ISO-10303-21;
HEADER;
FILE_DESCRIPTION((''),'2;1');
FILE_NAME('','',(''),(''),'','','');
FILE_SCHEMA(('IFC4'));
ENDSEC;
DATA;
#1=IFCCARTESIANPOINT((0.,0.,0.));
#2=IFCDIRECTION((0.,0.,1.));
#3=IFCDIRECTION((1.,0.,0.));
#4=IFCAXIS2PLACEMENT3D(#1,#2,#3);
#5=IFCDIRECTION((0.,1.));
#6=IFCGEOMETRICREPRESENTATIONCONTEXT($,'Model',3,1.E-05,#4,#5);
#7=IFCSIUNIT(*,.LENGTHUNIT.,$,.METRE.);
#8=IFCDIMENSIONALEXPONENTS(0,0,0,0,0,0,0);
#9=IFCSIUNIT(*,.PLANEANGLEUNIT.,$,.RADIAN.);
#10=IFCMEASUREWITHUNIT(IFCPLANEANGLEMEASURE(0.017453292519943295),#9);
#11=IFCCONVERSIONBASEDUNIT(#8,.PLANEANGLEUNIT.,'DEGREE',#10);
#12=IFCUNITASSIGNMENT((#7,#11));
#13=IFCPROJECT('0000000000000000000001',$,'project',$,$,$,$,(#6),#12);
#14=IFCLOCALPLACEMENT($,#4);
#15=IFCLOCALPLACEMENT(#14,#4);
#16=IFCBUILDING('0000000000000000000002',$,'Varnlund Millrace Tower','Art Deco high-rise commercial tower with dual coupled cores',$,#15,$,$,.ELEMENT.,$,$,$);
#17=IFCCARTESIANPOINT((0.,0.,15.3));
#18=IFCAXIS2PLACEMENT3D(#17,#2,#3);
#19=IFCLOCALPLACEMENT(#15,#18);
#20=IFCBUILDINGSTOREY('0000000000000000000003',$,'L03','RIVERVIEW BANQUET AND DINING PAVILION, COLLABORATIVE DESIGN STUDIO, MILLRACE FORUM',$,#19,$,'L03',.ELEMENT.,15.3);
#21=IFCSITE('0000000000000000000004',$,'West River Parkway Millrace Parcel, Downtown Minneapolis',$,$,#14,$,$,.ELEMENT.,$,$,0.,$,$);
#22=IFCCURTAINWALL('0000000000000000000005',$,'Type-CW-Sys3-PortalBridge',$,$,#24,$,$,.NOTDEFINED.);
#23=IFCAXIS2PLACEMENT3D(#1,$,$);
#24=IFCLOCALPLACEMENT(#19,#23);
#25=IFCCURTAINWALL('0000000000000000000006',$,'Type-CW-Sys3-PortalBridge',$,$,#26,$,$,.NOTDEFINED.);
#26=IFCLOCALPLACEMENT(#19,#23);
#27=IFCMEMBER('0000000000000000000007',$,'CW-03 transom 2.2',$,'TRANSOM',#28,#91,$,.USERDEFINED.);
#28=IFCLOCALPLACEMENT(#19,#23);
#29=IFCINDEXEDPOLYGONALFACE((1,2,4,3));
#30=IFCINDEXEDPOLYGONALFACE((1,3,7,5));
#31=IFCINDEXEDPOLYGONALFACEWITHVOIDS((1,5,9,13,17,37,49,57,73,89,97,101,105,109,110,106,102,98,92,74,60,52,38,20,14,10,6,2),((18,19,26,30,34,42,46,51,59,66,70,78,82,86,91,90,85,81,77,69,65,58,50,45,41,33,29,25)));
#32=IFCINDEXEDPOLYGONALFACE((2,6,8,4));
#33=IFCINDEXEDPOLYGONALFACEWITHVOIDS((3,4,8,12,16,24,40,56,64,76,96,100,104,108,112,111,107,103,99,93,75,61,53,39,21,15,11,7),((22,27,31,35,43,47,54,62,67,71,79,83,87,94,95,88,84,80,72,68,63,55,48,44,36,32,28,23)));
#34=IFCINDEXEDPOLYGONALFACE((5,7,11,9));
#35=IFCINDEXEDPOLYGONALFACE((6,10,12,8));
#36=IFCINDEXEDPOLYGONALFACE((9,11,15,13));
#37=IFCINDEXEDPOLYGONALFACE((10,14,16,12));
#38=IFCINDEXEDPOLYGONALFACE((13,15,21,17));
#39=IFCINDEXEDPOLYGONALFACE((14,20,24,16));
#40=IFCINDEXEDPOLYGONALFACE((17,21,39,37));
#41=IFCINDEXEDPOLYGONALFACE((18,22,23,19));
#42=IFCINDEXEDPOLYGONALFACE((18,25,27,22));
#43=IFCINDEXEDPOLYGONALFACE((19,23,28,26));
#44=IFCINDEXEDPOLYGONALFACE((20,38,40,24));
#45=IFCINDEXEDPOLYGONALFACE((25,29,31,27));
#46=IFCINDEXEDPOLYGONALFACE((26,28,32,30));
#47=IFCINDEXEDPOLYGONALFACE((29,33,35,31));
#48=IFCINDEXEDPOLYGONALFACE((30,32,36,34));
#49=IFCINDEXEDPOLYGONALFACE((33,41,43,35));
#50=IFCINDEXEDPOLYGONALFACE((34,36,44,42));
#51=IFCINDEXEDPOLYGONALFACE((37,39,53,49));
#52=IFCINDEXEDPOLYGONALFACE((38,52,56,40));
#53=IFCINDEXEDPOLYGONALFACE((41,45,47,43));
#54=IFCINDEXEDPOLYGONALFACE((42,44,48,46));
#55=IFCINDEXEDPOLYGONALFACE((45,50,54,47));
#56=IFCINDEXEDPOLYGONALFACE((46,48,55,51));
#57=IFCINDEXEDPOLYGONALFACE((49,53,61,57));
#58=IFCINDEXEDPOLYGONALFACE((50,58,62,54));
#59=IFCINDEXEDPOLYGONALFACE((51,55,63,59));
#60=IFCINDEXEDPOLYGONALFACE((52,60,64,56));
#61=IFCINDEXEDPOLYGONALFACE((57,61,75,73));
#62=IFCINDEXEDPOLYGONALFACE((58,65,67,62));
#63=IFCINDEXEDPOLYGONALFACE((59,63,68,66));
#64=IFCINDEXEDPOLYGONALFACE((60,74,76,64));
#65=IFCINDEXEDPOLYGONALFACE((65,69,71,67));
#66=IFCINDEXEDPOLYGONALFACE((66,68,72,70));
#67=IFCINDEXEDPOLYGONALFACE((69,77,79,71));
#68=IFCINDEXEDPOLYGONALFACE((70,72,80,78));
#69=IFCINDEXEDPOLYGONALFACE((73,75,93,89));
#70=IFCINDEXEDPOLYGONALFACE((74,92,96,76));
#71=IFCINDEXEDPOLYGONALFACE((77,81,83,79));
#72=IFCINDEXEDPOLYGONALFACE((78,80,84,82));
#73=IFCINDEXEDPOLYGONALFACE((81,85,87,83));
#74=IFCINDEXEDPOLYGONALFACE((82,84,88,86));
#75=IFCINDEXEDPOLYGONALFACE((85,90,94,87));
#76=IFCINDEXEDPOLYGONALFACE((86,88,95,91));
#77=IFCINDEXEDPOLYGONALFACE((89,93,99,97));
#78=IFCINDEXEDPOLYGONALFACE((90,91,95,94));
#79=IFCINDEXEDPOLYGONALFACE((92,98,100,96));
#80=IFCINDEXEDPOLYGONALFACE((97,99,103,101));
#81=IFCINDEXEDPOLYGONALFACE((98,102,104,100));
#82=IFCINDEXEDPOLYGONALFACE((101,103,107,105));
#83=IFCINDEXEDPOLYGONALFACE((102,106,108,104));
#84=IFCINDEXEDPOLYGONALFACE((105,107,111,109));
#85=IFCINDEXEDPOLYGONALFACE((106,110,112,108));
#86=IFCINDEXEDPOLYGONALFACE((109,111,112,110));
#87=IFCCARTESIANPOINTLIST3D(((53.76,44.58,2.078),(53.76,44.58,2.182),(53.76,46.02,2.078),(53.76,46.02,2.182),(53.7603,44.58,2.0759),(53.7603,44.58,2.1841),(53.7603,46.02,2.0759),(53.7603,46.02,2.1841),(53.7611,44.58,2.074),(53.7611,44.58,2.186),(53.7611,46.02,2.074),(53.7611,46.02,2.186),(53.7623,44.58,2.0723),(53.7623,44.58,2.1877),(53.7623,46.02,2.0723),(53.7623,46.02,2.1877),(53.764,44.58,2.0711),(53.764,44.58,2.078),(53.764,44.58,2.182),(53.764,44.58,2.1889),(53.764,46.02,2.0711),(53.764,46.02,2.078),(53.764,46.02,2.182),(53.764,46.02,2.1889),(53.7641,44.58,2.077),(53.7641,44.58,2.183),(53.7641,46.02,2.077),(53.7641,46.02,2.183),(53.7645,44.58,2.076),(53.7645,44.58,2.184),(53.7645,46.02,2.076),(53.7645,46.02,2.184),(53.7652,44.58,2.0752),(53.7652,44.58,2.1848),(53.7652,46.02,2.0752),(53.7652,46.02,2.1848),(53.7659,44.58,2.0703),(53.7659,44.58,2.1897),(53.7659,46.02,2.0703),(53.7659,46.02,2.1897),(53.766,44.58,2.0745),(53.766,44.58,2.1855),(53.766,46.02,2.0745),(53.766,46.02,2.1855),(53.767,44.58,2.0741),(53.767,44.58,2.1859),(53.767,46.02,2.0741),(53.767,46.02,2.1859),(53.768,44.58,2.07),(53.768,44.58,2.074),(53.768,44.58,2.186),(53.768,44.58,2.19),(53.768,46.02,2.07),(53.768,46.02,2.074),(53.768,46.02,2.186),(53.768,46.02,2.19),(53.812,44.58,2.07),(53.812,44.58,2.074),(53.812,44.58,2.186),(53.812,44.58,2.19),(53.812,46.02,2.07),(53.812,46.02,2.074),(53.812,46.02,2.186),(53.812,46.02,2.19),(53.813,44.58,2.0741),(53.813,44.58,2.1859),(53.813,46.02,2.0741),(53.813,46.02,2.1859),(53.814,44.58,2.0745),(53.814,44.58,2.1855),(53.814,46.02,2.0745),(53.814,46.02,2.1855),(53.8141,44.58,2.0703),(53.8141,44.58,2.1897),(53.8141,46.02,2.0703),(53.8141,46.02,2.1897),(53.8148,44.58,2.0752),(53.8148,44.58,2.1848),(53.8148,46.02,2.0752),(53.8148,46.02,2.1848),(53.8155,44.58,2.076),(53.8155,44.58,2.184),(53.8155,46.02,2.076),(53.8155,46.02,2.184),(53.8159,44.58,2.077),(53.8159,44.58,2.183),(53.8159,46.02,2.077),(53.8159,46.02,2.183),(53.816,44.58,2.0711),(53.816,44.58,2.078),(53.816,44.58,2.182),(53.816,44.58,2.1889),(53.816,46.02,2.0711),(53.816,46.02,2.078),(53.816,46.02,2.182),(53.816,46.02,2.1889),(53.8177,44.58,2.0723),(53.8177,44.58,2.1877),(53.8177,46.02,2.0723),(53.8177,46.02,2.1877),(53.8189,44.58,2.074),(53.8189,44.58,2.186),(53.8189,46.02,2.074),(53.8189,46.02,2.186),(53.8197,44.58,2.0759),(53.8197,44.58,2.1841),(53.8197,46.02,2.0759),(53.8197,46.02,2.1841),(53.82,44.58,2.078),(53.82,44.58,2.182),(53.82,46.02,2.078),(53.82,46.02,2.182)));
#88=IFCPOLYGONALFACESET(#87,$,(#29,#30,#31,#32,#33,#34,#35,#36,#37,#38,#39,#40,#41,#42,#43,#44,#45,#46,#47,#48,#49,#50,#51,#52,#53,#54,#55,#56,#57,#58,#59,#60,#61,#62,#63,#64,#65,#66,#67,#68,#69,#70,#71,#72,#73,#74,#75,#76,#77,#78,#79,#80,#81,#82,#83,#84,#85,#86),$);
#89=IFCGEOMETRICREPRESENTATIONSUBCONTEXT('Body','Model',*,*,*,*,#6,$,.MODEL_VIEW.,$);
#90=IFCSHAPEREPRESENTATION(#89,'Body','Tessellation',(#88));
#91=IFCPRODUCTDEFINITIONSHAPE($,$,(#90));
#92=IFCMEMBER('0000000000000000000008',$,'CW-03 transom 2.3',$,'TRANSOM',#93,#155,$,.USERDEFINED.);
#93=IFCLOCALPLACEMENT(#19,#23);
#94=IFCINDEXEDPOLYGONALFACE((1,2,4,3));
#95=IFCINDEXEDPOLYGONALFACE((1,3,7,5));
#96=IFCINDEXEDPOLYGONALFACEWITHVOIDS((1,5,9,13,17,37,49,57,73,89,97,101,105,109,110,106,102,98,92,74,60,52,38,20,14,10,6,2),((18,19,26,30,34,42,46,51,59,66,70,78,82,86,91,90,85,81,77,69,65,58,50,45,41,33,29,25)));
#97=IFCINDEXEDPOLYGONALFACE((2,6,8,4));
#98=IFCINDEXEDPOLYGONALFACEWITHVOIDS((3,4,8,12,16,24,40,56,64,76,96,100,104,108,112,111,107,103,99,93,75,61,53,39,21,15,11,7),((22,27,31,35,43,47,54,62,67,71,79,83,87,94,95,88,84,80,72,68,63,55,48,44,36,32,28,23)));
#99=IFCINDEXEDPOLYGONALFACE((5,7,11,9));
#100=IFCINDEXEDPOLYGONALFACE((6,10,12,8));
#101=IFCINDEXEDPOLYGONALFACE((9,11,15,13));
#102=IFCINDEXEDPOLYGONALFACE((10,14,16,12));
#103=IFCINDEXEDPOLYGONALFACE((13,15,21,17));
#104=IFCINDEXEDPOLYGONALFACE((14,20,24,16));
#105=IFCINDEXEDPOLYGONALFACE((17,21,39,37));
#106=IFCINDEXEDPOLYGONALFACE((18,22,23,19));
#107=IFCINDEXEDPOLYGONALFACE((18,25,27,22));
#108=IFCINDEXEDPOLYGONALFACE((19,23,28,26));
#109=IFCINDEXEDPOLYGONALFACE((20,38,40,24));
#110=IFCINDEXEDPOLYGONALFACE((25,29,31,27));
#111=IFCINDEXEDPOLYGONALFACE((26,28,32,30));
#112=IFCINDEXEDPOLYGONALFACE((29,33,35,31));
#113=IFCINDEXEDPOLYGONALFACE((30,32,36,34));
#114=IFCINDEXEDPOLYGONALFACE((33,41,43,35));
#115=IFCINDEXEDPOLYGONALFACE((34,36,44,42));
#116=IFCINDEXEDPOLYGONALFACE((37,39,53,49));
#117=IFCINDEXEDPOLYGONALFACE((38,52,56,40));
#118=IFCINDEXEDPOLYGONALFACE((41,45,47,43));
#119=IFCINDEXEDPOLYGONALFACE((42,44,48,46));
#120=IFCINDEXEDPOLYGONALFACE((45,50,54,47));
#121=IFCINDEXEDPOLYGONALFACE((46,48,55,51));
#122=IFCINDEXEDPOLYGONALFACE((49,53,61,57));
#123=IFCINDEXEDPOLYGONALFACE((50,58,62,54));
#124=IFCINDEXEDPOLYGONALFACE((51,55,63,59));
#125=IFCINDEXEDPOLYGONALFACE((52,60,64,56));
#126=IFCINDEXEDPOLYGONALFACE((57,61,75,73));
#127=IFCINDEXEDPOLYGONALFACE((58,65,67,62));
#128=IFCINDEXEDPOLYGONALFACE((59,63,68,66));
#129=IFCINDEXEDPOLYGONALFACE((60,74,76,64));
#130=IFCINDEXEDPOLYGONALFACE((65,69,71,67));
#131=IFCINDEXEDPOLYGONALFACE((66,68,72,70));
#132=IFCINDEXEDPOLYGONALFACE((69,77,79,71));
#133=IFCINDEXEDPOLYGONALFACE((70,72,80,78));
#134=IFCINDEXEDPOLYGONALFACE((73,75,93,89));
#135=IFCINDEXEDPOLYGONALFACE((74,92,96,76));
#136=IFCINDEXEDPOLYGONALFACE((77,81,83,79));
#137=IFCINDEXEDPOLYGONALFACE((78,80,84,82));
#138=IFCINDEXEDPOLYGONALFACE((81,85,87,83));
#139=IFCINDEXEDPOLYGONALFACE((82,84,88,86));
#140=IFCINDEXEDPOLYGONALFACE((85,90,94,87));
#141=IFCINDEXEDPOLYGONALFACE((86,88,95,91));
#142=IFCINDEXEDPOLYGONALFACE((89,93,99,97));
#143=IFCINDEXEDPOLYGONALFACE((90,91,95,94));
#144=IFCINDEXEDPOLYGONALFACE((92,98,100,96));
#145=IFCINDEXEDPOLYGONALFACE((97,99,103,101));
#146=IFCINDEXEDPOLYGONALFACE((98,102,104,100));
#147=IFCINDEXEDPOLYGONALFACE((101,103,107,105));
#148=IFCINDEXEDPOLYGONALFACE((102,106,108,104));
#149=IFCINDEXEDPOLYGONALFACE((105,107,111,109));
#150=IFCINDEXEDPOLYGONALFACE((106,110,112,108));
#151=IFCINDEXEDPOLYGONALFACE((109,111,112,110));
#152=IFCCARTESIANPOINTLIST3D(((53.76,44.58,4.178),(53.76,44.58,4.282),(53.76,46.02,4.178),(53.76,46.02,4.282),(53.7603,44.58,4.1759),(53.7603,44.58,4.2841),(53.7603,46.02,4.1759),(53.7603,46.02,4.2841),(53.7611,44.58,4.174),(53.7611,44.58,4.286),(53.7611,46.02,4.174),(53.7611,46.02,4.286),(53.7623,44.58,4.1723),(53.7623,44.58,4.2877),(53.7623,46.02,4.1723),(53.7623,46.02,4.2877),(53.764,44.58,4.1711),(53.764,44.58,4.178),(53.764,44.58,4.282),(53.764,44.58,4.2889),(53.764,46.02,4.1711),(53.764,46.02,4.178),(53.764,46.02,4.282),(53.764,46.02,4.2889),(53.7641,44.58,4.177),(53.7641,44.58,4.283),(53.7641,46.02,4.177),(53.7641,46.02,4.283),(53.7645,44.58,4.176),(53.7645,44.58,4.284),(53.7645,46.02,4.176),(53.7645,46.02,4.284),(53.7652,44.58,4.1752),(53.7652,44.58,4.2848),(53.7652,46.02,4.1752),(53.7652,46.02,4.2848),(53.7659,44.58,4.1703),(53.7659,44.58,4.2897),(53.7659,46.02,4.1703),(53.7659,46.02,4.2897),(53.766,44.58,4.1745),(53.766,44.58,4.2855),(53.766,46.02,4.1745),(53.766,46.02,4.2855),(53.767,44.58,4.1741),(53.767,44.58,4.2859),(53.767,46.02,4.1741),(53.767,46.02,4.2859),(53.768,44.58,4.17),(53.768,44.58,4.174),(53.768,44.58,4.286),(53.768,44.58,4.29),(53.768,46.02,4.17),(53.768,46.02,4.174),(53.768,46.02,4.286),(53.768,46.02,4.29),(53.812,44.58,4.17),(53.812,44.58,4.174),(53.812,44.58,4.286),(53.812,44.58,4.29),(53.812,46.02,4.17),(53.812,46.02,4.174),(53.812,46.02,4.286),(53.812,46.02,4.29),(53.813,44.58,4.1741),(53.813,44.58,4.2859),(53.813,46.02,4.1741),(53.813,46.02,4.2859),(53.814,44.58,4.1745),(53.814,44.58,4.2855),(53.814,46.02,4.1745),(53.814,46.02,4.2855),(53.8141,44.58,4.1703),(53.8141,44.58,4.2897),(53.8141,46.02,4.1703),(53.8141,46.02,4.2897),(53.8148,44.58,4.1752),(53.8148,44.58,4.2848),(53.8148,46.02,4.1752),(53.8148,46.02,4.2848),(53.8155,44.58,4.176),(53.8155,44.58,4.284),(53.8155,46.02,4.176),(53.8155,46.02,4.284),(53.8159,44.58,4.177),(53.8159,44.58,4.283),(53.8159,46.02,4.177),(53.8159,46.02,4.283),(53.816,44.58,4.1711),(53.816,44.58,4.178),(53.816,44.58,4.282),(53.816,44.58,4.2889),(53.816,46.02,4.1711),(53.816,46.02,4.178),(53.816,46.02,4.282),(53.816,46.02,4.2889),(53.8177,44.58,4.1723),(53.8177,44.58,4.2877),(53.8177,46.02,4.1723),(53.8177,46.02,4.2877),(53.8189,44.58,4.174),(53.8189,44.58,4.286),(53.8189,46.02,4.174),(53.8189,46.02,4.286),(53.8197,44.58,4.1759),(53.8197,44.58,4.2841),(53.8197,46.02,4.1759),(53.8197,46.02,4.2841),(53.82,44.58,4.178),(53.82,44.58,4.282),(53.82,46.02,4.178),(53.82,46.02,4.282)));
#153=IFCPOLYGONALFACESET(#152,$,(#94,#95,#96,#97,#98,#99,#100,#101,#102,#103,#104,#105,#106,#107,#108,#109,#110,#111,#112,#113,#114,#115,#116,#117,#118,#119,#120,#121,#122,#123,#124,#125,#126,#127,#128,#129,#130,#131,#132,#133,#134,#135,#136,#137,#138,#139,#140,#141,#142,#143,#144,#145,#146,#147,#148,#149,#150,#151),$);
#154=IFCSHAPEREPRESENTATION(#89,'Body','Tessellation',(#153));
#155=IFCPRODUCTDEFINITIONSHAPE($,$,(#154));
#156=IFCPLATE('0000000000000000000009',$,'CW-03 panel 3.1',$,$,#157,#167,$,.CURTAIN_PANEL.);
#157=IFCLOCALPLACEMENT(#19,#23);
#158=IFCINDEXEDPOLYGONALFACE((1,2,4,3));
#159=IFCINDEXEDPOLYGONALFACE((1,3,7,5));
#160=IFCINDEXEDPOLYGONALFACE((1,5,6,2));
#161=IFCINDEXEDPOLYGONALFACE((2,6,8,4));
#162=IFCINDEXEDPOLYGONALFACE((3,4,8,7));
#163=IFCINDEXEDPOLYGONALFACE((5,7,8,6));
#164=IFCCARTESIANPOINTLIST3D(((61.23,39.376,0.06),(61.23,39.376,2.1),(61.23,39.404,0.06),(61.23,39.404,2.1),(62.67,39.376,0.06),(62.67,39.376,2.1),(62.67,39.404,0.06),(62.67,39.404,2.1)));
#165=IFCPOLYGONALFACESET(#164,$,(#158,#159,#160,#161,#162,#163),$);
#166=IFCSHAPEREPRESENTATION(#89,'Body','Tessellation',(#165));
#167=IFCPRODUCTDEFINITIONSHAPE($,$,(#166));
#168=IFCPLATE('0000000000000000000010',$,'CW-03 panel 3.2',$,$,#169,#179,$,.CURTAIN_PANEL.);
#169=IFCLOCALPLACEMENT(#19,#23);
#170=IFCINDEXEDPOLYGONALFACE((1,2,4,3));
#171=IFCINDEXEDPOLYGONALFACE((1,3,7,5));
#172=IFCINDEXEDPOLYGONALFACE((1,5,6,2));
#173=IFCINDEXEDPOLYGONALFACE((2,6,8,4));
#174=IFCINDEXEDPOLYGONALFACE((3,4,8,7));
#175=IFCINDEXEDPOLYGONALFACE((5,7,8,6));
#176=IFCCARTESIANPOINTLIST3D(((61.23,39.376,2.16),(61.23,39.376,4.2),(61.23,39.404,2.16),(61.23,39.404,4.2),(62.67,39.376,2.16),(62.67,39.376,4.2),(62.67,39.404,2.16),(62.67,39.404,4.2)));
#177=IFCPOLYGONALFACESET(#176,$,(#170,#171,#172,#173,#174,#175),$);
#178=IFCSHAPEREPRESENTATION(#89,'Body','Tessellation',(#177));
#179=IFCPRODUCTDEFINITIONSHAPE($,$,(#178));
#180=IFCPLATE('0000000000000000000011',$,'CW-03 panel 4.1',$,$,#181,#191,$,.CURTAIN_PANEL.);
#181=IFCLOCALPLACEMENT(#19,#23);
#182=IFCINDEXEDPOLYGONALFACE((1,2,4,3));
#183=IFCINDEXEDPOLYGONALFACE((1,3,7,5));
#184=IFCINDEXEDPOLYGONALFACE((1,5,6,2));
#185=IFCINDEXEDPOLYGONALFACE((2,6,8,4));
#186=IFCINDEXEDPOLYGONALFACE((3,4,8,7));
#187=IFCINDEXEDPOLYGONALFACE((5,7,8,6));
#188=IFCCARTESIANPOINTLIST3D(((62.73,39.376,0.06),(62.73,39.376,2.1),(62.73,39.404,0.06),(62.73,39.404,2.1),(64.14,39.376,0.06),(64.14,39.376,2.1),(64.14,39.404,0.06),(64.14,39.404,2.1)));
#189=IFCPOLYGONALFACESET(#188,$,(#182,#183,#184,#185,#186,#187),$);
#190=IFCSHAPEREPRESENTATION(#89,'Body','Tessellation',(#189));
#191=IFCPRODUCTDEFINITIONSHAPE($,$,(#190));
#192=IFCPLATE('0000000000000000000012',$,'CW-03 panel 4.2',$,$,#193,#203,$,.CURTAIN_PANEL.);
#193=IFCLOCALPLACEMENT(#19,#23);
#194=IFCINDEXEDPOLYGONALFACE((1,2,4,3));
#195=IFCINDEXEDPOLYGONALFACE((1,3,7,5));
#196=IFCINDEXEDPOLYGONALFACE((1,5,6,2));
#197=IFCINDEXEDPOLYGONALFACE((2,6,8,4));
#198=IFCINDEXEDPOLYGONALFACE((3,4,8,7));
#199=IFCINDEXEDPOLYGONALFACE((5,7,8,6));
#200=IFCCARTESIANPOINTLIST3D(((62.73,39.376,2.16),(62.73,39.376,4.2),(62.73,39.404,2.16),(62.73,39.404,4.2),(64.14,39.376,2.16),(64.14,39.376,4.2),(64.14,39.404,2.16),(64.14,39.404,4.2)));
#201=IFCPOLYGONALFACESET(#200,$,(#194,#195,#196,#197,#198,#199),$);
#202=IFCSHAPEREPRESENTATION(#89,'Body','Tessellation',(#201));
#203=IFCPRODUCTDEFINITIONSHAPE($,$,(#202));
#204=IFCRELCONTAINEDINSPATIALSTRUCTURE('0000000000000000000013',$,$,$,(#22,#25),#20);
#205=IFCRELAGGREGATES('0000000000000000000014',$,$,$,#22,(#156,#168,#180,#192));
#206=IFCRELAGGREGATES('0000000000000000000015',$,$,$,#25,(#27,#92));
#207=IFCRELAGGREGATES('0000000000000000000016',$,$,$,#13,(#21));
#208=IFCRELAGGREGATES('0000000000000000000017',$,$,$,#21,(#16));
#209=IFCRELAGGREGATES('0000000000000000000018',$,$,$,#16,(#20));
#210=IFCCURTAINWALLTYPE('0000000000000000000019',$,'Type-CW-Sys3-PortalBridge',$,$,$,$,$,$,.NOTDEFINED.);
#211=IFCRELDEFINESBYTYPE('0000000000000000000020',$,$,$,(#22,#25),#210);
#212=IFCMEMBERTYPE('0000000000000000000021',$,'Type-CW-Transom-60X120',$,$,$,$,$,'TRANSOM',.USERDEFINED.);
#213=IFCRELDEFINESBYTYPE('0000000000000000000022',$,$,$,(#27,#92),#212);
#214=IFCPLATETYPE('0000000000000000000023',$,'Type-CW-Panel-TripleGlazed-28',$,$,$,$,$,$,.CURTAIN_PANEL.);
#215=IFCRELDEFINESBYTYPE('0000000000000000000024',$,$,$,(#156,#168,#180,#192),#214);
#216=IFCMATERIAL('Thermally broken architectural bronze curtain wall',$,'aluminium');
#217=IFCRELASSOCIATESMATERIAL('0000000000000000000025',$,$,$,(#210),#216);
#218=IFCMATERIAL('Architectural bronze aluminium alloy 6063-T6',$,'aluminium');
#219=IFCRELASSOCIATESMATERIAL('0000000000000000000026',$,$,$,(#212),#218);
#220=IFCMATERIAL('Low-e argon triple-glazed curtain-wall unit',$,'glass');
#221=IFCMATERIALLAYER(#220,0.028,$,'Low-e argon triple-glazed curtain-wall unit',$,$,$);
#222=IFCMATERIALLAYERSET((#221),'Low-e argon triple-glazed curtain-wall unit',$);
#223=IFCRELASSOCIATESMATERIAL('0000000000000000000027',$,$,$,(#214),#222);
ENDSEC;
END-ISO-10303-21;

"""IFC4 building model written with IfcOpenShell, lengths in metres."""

from ifc_helpers import new_model, entity, si_unit, converted_unit, direction, frame, origin_with_axes, origin_2d_with_axis, place, context, subcontext, project, spatial, rectangle, hollow_rectangle, extrude, material, layer, layer_set, material_profile, profile_set, type_object, element, aggregate, save


model = new_model("IFC4")

# Units and contexts
model_context = context("Model", 3, precision=1e-05, world=origin_with_axes(), true_north=direction((0.0, 1.0)))
body_context = subcontext(model_context, "Body", "Model", "MODEL_VIEW")
ifc_project = project(units=[si_unit("LENGTHUNIT", "METRE"), converted_unit("PLANEANGLEUNIT", "DEGREE", entity("IfcPlaneAngleMeasure", 0.017453292519943295), si_unit("PLANEANGLEUNIT", "RADIAN"), dimensions=[0, 0, 0, 0, 0, 0, 0])], contexts=[model_context])

# Site, building, storey
site_placement = place(None, origin_with_axes())
site = spatial("IfcSite", under=ifc_project, at=site_placement, Name="West River Parkway Millrace Parcel, Downtown Minneapolis", CompositionType="ELEMENT", RefElevation=0.0)
building_placement = place(site_placement, origin_with_axes())
building = spatial("IfcBuilding", under=site, at=building_placement, Name="Varnlund Millrace Tower", Description="Art Deco high-rise commercial tower with dual coupled cores", CompositionType="ELEMENT")
storey_placement = place(building_placement, frame((0.0, 0.0, 15.3), z_axis=(0.0, 0.0, 1.0), x_axis=(1.0, 0.0, 0.0)))
storey = spatial("IfcBuildingStorey", under=building, at=storey_placement, Name="L03", Description="RIVERVIEW BANQUET AND DINING PAVILION, COLLABORATIVE DESIGN STUDIO, MILLRACE FORUM", LongName="L03", CompositionType="ELEMENT", Elevation=15.3)

# Curtain walls
ifc_material_1 = material(Name="Thermally broken architectural bronze curtain wall", Category="aluminium")
curtain_wall_type = type_object("IfcCurtainWallType", Name="Type-CW-Sys3-PortalBridge", PredefinedType="NOTDEFINED", material=ifc_material_1)
curtain_wall_1_placement = place(storey_placement, frame((58.2, 39.39, 0.0), z_axis=(0.0, 0.0, 1.0), x_axis=(1.0, 0.0, 0.0)))
curtain_wall_1 = element("IfcCurtainWall", 1, at=curtain_wall_1_placement, inside=storey, type_object=curtain_wall_type, Name="Type-CW-Sys3-PortalBridge", PredefinedType="NOTDEFINED")
ifc_material_2 = material(Name="Architectural bronze aluminium alloy 6063-T6", Category="aluminium")
curtain_wall_2_placement = place(storey_placement, frame((53.79, 47.55, 0.0), z_axis=(0.0, 0.0, 1.0), x_axis=(1.0, 0.0, 0.0)))
curtain_wall_2 = element("IfcCurtainWall", 2, at=curtain_wall_2_placement, inside=storey, type_object=curtain_wall_type, Name="Type-CW-Sys3-PortalBridge", PredefinedType="NOTDEFINED")

# Members
ifc_material_profile_1 = material_profile(ifc_material_2, hollow_rectangle(XDim=0.06, YDim=0.12, WallThickness=0.004, InnerFilletRadius=0.004, OuterFilletRadius=0.008, at=origin_2d_with_axis()), Name="Architectural bronze aluminium alloy 6063-T6")
ifc_profile_set_1 = profile_set([ifc_material_profile_1], Name="Architectural bronze aluminium alloy 6063-T6")
member_type_1 = type_object("IfcMemberType", Name="Type-CW-Transom-60X120", ElementType="TRANSOM", PredefinedType="USERDEFINED", material=ifc_profile_set_1)
member_1_placement = place(storey_placement, frame((53.79, 46.02, 2.13), z_axis=(0.0, -1.0, 0.0), x_axis=(1.0, 0.0, 0.0)))
member_1 = element("IfcMember", 3, at=member_1_placement, type_object=member_type_1, Name="CW-03 transom 2.2", ObjectType="TRANSOM", PredefinedType="USERDEFINED", context=body_context, shape_type="SweptSolid", body=[
    extrude(hollow_rectangle(XDim=0.06, YDim=0.12, WallThickness=0.004, InnerFilletRadius=0.004, OuterFilletRadius=0.008, at=origin_2d_with_axis()), origin_with_axes(), (0.0, 0.0, 1.0), 1.44),
])
member_2_placement = place(storey_placement, frame((53.79, 46.02, 4.23), z_axis=(0.0, -1.0, 0.0), x_axis=(1.0, 0.0, 0.0)))
member_2 = element("IfcMember", 4, at=member_2_placement, type_object=member_type_1, Name="CW-03 transom 2.3", ObjectType="TRANSOM", PredefinedType="USERDEFINED", context=body_context, shape_type="SweptSolid", body=[
    extrude(hollow_rectangle(XDim=0.06, YDim=0.12, WallThickness=0.004, InnerFilletRadius=0.004, OuterFilletRadius=0.008, at=origin_2d_with_axis()), origin_with_axes(), (0.0, 0.0, 1.0), 1.44),
])

# Plates
ifc_material_3 = material(Name="Low-e argon triple-glazed curtain-wall unit", Category="glass")
ifc_layer_1 = layer(ifc_material_3, 0.028, Name="Low-e argon triple-glazed curtain-wall unit")
ifc_layer_set_1 = layer_set([ifc_layer_1], Name="Low-e argon triple-glazed curtain-wall unit")
plate_type = type_object("IfcPlateType", Name="Type-CW-Panel-TripleGlazed-28", PredefinedType="CURTAIN_PANEL", material=ifc_layer_set_1)
plate_1_placement = place(storey_placement, frame((61.95, 39.39, 0.06), z_axis=(0.0, 0.0, 1.0), x_axis=(1.0, 0.0, 0.0)))
plate_1 = element("IfcPlate", 5, at=plate_1_placement, type_object=plate_type, Name="CW-03 panel 3.1", PredefinedType="CURTAIN_PANEL", context=body_context, shape_type="SweptSolid", body=[
    extrude(rectangle(XDim=1.44, YDim=0.028, at=origin_2d_with_axis()), origin_with_axes(), (0.0, 0.0, 1.0), 2.04),
])
plate_2_placement = place(storey_placement, frame((61.95, 39.39, 2.16), z_axis=(0.0, 0.0, 1.0), x_axis=(1.0, 0.0, 0.0)))
plate_2 = element("IfcPlate", 6, at=plate_2_placement, type_object=plate_type, Name="CW-03 panel 3.2", PredefinedType="CURTAIN_PANEL", context=body_context, shape_type="SweptSolid", body=[
    extrude(rectangle(XDim=1.44, YDim=0.028, at=origin_2d_with_axis()), origin_with_axes(), (0.0, 0.0, 1.0), 2.04),
])
plate_3_placement = place(storey_placement, frame((63.435, 39.39, 0.06), z_axis=(0.0, 0.0, 1.0), x_axis=(1.0, 0.0, 0.0)))
plate_3 = element("IfcPlate", 7, at=plate_3_placement, type_object=plate_type, Name="CW-03 panel 4.1", PredefinedType="CURTAIN_PANEL", context=body_context, shape_type="SweptSolid", body=[
    extrude(rectangle(XDim=1.41, YDim=0.028, at=origin_2d_with_axis()), origin_with_axes(), (0.0, 0.0, 1.0), 2.04),
])
plate_4_placement = place(storey_placement, frame((63.435, 39.39, 2.16), z_axis=(0.0, 0.0, 1.0), x_axis=(1.0, 0.0, 0.0)))
plate_4 = element("IfcPlate", 8, at=plate_4_placement, type_object=plate_type, Name="CW-03 panel 4.2", PredefinedType="CURTAIN_PANEL", context=body_context, shape_type="SweptSolid", body=[
    extrude(rectangle(XDim=1.41, YDim=0.028, at=origin_2d_with_axis()), origin_with_axes(), (0.0, 0.0, 1.0), 2.04),
])
aggregate(curtain_wall_1, [plate_1, plate_2, plate_3, plate_4])
aggregate(curtain_wall_2, [member_1, member_2])

save(model, "model.ifc")
